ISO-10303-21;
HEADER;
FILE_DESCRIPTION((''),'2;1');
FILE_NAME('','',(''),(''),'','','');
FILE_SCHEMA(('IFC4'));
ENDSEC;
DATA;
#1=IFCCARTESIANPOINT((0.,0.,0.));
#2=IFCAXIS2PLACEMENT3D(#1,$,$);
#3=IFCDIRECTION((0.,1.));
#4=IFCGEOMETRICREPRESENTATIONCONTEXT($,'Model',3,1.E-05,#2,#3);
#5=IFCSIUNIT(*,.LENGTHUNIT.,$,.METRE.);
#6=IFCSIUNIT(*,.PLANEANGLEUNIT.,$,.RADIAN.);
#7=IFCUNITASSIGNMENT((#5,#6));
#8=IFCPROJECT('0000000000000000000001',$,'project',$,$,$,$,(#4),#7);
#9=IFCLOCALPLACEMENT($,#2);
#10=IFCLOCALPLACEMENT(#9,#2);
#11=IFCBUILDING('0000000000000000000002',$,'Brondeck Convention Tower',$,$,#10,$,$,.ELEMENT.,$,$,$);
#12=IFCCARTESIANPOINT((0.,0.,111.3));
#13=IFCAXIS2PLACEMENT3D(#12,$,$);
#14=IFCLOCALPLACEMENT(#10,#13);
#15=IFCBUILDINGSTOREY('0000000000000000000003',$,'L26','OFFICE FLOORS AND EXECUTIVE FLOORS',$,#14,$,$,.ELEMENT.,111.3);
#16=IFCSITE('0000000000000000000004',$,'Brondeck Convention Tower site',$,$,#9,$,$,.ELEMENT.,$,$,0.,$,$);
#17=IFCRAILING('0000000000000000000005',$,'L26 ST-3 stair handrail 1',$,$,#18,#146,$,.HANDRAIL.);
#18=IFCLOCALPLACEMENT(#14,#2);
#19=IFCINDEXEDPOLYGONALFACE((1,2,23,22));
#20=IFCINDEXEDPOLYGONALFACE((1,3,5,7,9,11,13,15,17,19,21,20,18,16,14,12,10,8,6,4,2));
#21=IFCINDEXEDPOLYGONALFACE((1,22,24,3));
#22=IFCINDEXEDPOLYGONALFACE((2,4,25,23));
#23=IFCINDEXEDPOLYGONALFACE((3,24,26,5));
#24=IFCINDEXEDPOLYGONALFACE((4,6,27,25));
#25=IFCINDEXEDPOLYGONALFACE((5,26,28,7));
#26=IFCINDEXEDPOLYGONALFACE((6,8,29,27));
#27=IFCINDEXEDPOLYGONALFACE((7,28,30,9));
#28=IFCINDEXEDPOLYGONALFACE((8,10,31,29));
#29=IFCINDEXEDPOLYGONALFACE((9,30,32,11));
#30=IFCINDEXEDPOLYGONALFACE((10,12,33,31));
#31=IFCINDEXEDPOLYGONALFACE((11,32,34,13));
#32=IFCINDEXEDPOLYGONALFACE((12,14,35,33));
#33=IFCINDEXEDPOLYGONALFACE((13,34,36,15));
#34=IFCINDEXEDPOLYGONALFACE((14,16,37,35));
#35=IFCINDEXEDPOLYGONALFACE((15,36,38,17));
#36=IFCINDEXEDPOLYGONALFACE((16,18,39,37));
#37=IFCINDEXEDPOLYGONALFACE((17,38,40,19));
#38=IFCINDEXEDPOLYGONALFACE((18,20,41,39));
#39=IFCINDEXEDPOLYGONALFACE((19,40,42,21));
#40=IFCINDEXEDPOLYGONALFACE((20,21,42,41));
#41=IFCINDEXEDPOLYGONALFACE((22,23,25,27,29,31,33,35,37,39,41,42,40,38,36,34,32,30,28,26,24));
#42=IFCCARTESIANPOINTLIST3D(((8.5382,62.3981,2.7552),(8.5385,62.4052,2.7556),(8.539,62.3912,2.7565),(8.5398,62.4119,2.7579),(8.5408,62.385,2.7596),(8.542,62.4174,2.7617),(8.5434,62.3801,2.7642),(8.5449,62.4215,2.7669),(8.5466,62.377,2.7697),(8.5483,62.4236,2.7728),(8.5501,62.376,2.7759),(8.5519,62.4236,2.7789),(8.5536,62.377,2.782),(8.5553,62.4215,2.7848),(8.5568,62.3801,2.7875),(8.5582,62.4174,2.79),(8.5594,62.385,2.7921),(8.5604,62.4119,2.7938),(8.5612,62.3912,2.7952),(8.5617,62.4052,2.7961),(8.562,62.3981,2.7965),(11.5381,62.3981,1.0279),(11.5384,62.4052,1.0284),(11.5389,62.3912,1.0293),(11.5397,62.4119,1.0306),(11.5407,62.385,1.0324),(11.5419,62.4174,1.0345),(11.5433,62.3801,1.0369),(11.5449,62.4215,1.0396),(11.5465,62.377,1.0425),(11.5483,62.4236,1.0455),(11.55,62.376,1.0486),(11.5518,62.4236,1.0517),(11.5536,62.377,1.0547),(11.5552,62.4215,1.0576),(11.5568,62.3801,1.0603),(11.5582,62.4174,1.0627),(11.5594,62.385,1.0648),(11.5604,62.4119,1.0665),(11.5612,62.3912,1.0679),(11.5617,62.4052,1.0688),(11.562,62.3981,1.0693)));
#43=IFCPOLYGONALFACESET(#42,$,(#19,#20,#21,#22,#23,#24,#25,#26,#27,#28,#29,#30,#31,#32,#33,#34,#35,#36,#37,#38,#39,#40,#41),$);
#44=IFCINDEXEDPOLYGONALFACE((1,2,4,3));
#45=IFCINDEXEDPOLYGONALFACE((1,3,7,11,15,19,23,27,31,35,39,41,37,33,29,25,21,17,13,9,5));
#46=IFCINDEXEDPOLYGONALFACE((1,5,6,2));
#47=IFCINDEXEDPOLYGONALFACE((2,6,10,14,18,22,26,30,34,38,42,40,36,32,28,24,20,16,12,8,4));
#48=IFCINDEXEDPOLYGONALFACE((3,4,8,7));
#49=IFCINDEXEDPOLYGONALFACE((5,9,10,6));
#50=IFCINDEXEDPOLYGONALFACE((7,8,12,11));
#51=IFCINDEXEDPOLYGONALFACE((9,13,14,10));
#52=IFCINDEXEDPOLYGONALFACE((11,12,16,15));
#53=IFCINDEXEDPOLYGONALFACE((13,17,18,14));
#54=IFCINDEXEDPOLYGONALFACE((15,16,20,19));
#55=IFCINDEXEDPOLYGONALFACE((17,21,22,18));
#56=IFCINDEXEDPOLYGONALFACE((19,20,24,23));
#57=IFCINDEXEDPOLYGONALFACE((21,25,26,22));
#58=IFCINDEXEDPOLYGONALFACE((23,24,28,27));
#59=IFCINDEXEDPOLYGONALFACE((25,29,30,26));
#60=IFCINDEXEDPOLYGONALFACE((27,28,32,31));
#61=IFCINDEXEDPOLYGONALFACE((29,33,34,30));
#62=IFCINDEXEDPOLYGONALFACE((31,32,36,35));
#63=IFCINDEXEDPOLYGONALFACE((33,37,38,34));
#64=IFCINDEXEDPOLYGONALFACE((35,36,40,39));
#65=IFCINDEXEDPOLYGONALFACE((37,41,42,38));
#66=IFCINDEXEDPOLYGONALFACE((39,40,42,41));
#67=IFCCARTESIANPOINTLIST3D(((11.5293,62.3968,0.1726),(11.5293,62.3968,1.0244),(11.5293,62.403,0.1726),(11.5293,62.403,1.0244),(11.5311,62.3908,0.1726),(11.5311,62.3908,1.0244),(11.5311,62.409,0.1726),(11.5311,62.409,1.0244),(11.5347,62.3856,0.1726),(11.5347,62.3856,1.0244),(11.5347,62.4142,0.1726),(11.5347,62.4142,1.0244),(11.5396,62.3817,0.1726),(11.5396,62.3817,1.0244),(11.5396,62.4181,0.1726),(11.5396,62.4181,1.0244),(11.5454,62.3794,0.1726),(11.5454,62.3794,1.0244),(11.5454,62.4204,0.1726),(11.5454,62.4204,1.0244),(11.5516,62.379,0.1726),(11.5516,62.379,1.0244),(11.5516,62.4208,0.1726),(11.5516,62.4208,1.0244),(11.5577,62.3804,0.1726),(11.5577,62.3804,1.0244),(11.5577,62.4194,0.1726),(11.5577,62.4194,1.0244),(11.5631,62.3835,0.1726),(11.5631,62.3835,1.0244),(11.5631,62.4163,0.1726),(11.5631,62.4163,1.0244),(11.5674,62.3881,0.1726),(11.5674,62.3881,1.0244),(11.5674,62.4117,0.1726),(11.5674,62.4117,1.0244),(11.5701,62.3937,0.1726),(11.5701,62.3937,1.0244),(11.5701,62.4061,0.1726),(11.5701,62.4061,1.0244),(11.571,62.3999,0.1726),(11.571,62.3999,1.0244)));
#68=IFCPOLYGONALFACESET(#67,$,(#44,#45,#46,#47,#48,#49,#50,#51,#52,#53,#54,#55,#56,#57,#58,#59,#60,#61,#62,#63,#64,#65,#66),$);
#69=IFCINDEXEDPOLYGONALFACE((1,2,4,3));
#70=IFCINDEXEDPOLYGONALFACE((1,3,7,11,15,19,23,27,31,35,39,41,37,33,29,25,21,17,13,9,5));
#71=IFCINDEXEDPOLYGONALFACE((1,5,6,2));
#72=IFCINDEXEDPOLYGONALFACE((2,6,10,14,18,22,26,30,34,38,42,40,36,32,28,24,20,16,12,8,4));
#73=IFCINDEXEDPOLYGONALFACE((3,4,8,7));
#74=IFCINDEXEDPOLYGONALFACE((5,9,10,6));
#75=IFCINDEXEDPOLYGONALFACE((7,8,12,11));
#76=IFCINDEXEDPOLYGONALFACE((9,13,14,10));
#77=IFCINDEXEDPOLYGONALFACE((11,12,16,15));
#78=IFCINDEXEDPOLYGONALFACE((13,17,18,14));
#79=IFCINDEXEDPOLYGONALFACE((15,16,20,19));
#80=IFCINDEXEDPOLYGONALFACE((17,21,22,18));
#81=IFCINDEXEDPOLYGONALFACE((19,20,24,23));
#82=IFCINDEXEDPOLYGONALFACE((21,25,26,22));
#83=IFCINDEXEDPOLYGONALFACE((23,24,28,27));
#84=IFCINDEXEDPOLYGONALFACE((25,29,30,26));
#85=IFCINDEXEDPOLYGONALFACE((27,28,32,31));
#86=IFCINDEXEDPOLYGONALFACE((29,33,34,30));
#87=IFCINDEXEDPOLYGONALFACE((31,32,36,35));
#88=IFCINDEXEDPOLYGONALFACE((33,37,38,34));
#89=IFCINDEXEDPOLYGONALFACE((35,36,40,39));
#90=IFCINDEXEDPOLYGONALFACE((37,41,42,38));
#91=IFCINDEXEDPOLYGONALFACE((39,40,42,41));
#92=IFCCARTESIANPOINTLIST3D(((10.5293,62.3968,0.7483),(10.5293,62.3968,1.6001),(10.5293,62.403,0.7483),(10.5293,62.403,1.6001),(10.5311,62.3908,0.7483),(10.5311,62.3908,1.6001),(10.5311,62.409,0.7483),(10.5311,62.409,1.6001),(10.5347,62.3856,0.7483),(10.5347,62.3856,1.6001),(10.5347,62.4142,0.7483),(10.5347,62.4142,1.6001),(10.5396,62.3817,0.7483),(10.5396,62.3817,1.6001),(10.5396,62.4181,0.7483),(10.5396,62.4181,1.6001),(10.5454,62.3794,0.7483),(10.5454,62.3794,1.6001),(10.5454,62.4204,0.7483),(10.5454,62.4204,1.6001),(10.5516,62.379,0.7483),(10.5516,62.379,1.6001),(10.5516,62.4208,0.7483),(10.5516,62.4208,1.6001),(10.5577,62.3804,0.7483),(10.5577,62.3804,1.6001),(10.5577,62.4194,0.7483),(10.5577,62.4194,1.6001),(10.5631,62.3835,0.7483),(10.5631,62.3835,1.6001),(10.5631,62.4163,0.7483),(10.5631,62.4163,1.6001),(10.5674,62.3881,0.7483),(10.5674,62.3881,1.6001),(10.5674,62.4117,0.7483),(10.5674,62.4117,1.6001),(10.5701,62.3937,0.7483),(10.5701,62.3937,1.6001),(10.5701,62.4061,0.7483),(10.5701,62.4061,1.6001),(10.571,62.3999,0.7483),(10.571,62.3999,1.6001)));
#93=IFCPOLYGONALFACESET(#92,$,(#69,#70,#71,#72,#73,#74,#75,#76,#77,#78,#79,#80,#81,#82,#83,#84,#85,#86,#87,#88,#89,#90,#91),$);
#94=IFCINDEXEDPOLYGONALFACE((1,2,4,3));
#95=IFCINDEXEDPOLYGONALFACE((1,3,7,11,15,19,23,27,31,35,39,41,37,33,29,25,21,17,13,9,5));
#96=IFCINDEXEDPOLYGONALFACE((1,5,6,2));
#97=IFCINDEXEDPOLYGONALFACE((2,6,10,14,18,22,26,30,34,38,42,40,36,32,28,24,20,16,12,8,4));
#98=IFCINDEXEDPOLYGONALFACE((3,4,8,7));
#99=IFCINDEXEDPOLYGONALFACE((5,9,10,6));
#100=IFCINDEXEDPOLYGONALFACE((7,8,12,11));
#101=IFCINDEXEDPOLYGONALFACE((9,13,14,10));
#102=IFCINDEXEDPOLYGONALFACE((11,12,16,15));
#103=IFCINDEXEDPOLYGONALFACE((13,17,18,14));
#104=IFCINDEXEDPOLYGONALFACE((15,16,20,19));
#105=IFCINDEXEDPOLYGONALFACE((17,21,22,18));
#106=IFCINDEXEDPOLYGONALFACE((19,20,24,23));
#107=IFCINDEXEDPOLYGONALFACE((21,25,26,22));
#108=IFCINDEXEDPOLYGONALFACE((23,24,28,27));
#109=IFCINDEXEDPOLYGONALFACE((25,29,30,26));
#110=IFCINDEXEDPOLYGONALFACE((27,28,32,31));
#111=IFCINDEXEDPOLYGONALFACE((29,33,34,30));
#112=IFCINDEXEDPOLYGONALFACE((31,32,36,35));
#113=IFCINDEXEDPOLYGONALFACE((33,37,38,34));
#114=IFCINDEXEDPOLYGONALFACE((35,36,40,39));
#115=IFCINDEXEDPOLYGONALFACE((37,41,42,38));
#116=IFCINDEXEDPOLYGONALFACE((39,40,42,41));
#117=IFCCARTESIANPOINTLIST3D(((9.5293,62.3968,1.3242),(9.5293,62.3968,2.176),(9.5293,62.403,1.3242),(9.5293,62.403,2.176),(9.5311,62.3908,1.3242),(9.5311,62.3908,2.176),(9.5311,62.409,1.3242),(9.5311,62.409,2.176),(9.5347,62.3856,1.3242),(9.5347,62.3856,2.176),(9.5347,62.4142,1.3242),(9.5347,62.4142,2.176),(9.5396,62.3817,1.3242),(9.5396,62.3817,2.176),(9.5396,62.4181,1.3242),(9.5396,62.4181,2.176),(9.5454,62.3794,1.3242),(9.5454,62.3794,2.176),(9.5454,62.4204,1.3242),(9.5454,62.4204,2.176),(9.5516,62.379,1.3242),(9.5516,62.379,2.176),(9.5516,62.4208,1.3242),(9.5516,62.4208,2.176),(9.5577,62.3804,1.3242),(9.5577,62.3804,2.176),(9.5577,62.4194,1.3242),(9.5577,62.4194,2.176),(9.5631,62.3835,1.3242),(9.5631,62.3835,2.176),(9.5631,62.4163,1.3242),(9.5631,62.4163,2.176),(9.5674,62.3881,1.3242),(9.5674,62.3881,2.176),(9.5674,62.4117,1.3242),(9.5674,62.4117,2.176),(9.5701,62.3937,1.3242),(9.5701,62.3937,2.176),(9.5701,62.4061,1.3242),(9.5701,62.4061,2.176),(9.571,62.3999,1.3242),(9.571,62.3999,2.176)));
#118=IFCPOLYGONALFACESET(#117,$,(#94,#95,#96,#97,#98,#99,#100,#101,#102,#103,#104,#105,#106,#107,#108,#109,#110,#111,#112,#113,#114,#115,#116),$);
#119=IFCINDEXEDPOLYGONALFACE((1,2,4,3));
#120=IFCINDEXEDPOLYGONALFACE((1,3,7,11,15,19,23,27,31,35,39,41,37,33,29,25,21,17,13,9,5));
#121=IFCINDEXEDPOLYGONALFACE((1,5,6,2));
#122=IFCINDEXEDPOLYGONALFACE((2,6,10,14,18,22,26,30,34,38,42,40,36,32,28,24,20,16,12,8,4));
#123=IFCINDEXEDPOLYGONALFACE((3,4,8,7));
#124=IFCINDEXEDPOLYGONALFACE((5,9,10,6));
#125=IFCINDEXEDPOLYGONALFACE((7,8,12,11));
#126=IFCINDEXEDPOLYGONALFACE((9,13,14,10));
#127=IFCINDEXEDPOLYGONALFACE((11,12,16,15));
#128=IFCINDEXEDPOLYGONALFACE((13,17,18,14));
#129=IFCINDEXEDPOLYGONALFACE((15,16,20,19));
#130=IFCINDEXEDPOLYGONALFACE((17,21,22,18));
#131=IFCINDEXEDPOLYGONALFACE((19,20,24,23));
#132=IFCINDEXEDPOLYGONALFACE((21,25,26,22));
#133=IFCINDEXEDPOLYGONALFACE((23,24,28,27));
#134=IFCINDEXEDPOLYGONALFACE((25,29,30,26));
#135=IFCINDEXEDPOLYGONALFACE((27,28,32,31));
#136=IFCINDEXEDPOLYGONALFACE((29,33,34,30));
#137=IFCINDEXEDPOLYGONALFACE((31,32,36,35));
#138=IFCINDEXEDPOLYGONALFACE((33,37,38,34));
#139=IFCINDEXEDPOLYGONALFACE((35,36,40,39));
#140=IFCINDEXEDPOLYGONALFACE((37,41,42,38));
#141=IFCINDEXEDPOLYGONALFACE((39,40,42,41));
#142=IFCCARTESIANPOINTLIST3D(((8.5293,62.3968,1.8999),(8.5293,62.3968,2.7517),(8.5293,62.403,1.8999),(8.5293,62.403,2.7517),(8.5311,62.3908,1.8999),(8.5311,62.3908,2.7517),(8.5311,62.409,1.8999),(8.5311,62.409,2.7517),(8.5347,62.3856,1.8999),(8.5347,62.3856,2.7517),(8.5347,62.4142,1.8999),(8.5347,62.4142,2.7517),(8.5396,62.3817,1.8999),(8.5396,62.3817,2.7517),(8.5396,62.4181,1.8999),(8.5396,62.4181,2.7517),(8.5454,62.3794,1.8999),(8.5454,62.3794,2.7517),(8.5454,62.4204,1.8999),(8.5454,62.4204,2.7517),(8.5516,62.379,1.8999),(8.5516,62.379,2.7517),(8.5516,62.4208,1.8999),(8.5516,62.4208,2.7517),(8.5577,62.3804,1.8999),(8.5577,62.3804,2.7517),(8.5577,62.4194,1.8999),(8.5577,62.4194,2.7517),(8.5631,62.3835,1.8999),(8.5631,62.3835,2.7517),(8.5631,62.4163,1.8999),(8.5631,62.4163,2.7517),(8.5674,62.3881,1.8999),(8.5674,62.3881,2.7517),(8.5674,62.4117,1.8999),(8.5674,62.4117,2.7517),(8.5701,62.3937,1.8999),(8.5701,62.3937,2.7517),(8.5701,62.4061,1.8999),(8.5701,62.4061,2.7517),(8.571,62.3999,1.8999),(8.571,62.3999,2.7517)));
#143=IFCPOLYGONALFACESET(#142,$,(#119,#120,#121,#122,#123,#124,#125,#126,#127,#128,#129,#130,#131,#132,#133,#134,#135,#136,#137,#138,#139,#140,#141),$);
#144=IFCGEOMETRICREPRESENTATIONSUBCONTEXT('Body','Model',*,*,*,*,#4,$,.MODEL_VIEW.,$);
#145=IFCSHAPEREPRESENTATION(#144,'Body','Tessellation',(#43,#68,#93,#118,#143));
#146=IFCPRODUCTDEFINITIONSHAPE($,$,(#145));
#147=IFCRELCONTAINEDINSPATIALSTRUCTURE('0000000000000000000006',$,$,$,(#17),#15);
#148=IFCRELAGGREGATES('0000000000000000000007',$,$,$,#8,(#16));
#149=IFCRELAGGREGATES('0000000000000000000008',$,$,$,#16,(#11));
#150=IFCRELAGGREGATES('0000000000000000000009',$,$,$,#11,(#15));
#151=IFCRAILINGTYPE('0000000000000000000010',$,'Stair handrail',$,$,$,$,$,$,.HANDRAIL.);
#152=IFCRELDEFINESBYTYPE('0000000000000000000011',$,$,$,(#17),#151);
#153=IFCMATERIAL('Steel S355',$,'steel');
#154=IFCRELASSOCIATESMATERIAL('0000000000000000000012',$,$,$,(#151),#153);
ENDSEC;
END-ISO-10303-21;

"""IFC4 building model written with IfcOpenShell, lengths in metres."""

from ifc_helpers import new_model, si_unit, direction, frame, origin, origin_2d, place, context, subcontext, project, spatial, circle, extrude, material, type_object, element, save


model = new_model("IFC4")

# Units and contexts
model_context = context("Model", 3, precision=1e-05, world=origin(), true_north=direction((0.0, 1.0)))
body_context = subcontext(model_context, "Body", "Model", "MODEL_VIEW")
ifc_project = project(units=[si_unit("LENGTHUNIT", "METRE"), si_unit("PLANEANGLEUNIT", "RADIAN")], contexts=[model_context])

# Site, building, storey
site_placement = place(None, origin())
site = spatial("IfcSite", under=ifc_project, at=site_placement, Name="Brondeck Convention Tower site", CompositionType="ELEMENT", RefElevation=0.0)
building_placement = place(site_placement, origin())
building = spatial("IfcBuilding", under=site, at=building_placement, Name="Brondeck Convention Tower", CompositionType="ELEMENT")
storey_placement = place(building_placement, frame((0.0, 0.0, 111.3)))
storey = spatial("IfcBuildingStorey", under=building, at=storey_placement, Name="L26", Description="OFFICE FLOORS AND EXECUTIVE FLOORS", CompositionType="ELEMENT", Elevation=111.3)

# Railing
ifc_material_1 = material(Name="Steel S355", Category="steel")
railing_type_1 = type_object("IfcRailingType", Name="Stair handrail", PredefinedType="HANDRAIL", material=ifc_material_1)
railing_1_placement = place(storey_placement, frame((11.55, 62.3999, 0.1726)))
element("IfcRailing", 1, at=railing_1_placement, inside=storey, type_object=railing_type_1, Name="L26 ST-3 stair handrail 1", PredefinedType="HANDRAIL", context=body_context, shape_type="SweptSolid", body=[
    extrude(circle(Radius=0.0239, at=origin_2d()), frame((0.0, 0.0, 0.876), z_axis=(-0.86662, 0.0, 0.498969), x_axis=(0.0, -1.0, 0.0)), (0.0, 0.0, 1.0), 3.4617),
    extrude(circle(Radius=0.021, at=origin_2d()), origin(), (0.0, 0.0, 1.0), 0.8518),
    extrude(circle(Radius=0.021, at=origin_2d()), frame((-1.0, 0.0, 0.5757)), (0.0, 0.0, 1.0), 0.8518),
    extrude(circle(Radius=0.021, at=origin_2d()), frame((-2.0, 0.0, 1.1516)), (0.0, 0.0, 1.0), 0.8518),
    extrude(circle(Radius=0.021, at=origin_2d()), frame((-3.0, 0.0, 1.7273)), (0.0, 0.0, 1.0), 0.8518),
])

save(model, "model.ifc")
